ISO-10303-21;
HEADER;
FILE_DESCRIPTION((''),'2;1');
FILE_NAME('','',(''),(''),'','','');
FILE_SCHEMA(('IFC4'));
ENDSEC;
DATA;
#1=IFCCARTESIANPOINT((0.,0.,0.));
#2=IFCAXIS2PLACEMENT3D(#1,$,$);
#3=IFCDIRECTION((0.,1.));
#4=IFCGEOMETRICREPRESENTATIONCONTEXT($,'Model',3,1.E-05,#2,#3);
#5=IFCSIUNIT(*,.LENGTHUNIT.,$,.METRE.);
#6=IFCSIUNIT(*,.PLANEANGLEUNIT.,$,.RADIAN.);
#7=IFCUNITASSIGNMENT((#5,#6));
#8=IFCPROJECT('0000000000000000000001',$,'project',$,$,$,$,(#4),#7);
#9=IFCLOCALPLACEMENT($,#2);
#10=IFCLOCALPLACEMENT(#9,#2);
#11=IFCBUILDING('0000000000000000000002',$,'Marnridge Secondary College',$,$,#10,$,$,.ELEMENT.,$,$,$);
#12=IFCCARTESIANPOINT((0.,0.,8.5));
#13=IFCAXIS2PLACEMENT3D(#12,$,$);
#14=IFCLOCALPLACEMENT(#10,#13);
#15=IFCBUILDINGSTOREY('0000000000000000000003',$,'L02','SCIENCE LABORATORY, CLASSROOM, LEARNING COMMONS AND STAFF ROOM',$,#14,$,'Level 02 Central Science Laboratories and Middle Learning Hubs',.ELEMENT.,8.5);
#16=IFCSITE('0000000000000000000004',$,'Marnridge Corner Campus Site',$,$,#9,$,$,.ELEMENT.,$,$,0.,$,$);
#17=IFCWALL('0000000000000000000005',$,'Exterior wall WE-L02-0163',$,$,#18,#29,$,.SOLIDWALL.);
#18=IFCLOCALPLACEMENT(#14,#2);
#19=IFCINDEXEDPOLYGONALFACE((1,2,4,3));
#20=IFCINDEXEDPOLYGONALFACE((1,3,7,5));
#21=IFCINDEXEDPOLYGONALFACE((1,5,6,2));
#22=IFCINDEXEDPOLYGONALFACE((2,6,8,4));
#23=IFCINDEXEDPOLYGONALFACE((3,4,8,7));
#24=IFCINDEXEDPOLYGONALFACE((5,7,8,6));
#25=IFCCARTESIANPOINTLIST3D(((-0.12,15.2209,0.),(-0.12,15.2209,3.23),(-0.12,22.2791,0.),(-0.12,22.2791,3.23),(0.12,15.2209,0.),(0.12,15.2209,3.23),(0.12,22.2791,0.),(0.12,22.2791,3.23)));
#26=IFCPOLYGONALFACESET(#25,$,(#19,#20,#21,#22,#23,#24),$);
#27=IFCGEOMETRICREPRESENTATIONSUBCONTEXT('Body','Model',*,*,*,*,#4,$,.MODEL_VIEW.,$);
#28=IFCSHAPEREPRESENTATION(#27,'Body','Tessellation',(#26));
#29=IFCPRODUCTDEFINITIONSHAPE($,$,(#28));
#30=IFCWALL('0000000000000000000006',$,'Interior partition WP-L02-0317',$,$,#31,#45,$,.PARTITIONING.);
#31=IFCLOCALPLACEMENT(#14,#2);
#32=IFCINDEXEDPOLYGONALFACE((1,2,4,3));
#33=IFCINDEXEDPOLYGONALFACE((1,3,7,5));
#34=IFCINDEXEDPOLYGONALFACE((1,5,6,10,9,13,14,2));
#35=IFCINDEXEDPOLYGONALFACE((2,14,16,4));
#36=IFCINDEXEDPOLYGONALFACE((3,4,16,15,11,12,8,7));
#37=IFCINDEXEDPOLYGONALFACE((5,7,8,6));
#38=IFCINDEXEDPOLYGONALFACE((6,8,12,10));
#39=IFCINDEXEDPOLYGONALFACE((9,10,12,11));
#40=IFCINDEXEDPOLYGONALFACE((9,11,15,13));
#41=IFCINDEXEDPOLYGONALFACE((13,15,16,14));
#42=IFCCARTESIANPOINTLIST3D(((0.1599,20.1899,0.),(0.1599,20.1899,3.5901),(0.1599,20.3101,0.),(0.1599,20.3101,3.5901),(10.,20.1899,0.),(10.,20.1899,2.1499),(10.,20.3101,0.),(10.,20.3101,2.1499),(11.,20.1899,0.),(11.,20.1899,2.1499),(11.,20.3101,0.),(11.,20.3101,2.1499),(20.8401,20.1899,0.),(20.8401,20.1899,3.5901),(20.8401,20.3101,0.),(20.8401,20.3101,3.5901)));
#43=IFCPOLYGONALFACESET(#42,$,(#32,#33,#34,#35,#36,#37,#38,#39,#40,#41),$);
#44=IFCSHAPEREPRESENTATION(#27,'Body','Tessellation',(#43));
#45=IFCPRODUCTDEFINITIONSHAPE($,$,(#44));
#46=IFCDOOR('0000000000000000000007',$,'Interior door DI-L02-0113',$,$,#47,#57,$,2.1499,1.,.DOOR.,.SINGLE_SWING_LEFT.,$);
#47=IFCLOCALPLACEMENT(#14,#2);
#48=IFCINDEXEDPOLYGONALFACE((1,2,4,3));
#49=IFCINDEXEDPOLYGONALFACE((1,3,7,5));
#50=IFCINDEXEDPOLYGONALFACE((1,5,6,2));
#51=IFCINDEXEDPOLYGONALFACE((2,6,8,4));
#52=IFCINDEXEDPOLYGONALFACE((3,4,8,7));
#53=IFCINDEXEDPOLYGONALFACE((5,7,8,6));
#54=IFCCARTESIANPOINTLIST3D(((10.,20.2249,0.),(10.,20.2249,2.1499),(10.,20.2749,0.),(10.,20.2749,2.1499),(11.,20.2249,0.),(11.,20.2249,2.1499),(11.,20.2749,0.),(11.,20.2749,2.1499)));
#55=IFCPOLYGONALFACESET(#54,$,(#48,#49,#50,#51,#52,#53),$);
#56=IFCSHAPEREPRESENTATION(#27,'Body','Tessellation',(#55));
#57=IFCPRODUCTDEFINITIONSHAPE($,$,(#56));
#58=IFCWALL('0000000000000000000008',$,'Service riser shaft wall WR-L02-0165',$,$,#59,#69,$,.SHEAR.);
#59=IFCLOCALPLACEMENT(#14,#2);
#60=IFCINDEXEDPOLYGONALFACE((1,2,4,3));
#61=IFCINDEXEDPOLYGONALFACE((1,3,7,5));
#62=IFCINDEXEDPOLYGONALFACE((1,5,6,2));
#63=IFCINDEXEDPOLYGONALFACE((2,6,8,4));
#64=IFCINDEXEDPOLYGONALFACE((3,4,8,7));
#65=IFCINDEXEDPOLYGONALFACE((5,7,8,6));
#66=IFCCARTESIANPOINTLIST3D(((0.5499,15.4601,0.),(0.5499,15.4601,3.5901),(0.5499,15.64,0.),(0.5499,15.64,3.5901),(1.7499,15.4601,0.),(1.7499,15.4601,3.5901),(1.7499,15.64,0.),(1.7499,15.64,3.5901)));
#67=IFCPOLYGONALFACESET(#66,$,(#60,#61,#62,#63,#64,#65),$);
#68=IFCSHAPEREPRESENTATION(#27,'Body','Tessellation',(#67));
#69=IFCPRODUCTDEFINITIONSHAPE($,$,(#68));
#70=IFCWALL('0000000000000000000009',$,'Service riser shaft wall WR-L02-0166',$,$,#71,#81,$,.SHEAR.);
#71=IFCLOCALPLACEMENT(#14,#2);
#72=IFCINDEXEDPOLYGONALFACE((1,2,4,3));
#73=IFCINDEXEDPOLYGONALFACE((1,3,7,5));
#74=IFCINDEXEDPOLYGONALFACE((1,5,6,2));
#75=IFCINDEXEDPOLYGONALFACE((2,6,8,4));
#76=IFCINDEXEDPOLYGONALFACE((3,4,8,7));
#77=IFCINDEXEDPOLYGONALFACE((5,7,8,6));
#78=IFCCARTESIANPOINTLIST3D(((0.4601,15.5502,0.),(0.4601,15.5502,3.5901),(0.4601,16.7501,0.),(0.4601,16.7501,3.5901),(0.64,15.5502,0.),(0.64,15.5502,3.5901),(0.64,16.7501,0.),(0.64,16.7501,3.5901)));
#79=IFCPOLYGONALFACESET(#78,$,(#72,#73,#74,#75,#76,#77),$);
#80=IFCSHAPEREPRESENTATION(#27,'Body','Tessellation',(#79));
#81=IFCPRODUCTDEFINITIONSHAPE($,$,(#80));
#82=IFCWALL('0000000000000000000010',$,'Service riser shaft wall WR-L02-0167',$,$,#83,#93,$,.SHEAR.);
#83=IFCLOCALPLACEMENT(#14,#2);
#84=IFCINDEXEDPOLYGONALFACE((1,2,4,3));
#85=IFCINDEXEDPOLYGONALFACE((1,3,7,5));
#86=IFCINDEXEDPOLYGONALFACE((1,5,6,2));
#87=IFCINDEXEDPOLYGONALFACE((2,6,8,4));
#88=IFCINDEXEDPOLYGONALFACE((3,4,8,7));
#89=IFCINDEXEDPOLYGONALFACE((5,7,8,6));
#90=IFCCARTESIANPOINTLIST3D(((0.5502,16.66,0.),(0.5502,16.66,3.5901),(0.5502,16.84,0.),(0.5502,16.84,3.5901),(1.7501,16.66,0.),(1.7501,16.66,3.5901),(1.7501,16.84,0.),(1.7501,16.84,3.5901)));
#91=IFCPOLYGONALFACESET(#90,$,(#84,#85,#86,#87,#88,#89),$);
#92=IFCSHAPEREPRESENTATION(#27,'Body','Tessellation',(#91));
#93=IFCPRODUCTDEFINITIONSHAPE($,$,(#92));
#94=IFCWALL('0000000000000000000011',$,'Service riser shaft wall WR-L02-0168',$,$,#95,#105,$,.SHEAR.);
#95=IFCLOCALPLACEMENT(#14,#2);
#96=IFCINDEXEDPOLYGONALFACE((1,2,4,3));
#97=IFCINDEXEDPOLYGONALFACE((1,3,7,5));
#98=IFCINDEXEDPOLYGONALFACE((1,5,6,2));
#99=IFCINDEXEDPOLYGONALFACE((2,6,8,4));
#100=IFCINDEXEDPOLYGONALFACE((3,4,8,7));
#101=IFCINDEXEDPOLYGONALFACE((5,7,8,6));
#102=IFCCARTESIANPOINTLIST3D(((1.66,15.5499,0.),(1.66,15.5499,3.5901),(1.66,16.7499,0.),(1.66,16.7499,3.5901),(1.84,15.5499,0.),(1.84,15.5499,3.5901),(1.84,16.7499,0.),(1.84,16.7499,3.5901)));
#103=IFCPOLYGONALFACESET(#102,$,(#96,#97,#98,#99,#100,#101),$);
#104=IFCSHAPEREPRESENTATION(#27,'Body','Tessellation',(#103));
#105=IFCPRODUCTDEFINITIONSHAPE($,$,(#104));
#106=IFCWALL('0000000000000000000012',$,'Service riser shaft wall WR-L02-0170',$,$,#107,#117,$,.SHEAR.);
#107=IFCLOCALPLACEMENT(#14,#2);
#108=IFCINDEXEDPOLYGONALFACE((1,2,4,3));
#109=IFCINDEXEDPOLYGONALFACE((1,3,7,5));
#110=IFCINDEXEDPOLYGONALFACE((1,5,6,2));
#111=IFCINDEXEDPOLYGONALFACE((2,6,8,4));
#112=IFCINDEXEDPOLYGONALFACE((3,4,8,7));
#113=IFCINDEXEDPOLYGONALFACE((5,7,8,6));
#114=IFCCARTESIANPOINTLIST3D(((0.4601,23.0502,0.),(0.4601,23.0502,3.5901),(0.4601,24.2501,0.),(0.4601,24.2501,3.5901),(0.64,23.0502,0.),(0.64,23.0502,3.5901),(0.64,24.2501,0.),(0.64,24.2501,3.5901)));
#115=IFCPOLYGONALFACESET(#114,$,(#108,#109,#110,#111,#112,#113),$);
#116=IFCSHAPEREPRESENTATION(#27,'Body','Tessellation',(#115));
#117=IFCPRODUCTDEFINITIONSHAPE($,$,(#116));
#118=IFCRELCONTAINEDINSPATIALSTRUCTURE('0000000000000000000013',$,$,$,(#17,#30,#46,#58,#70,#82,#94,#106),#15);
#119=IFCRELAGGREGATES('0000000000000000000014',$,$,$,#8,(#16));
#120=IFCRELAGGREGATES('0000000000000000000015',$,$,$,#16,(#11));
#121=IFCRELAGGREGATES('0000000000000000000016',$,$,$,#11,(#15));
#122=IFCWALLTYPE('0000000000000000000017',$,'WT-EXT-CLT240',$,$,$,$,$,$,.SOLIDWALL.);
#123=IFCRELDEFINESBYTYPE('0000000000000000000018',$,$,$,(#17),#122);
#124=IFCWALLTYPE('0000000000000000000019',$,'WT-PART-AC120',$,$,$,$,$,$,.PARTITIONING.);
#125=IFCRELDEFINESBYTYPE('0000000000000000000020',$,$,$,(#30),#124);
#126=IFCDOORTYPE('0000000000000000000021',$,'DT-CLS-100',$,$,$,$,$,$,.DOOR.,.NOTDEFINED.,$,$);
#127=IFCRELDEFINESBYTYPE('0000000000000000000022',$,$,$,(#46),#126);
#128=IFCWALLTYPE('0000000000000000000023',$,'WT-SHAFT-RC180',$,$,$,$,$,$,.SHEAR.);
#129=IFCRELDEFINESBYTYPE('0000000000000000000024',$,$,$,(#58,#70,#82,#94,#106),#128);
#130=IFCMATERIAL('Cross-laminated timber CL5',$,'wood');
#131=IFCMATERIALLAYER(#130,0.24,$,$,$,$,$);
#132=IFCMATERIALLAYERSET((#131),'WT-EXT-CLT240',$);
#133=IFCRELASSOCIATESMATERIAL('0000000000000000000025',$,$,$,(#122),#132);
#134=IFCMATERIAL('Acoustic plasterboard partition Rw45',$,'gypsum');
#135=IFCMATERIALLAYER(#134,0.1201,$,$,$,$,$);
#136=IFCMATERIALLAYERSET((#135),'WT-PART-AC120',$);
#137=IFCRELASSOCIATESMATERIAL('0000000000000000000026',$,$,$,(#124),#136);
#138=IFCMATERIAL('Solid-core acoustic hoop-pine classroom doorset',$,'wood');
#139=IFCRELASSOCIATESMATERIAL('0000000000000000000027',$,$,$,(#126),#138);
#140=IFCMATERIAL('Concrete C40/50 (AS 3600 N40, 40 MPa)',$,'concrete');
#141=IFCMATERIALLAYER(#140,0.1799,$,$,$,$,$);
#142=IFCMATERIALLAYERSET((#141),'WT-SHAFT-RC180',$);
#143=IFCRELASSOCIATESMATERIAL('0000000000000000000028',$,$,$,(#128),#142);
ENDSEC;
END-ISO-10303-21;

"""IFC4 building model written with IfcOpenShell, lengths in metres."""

from ifc_helpers import new_model, si_unit, direction, frame, frame_2d, origin, place, context, subcontext, project, spatial, rectangle, extrude, material, layer, layer_set, type_object, element, fill, save


model = new_model("IFC4")

# Units and contexts
model_context = context("Model", 3, precision=1e-05, world=origin(), true_north=direction((0.0, 1.0)))
body_context = subcontext(model_context, "Body", "Model", "MODEL_VIEW")
ifc_project = project(units=[si_unit("LENGTHUNIT", "METRE"), si_unit("PLANEANGLEUNIT", "RADIAN")], contexts=[model_context])

# Site, building, storey
site_placement = place(None, origin())
site = spatial("IfcSite", under=ifc_project, at=site_placement, Name="Marnridge Corner Campus Site", CompositionType="ELEMENT", RefElevation=0.0)
building_placement = place(site_placement, origin())
building = spatial("IfcBuilding", under=site, at=building_placement, Name="Marnridge Secondary College", CompositionType="ELEMENT")
storey_placement = place(building_placement, frame((0.0, 0.0, 8.5)))
storey = spatial("IfcBuildingStorey", under=building, at=storey_placement, Name="L02", Description="SCIENCE LABORATORY, CLASSROOM, LEARNING COMMONS AND STAFF ROOM", LongName="Level 02 Central Science Laboratories and Middle Learning Hubs", CompositionType="ELEMENT", Elevation=8.5)

# Wall
ifc_material_1 = material(Name="Cross-laminated timber CL5", Category="wood")
ifc_layer_1 = layer(ifc_material_1, 0.24)
ifc_layer_set_1 = layer_set([ifc_layer_1], Name="WT-EXT-CLT240")
wall_type_1 = type_object("IfcWallType", Name="WT-EXT-CLT240", PredefinedType="SOLIDWALL", material=ifc_layer_set_1)
wall_1_placement = place(storey_placement, frame((0.0, 15.2209, 0.0), z_axis=(0.0, 0.0, 1.0), x_axis=(0.0, 1.0, 0.0)))
element("IfcWall", 1, at=wall_1_placement, inside=storey, type_object=wall_type_1, Name="Exterior wall WE-L02-0163", PredefinedType="SOLIDWALL", context=body_context, shape_type="SweptSolid", body=[
    extrude(rectangle(XDim=7.0581, YDim=0.24, at=frame_2d((3.5291, 0.0))), origin(), (0.0, 0.0, 1.0), 3.23),
])

# Wall, opening, door
ifc_material_2 = material(Name="Acoustic plasterboard partition Rw45", Category="gypsum")
ifc_layer_2 = layer(ifc_material_2, 0.1201)
ifc_layer_set_2 = layer_set([ifc_layer_2], Name="WT-PART-AC120")
wall_type_2 = type_object("IfcWallType", Name="WT-PART-AC120", PredefinedType="PARTITIONING", material=ifc_layer_set_2)
wall_2_placement = place(storey_placement, frame((0.1599, 20.25, 0.0), z_axis=(0.0, 0.0, 1.0), x_axis=(1.0, 0.0, 0.0)))
wall_2 = element("IfcWall", 2, at=wall_2_placement, inside=storey, type_object=wall_type_2, Name="Interior partition WP-L02-0317", PredefinedType="PARTITIONING", context=body_context, shape_type="SweptSolid", body=[
    extrude(rectangle(XDim=20.6802, YDim=0.1201, at=frame_2d((10.3401, 0.0))), origin(), (0.0, 0.0, 1.0), 3.5901),
])
opening_placement = place(wall_2_placement, frame((9.8401, 0.0, 0.0)))
opening = element("IfcOpeningElement", 3, at=opening_placement, cuts=wall_2, PredefinedType="OPENING", context=body_context, shape_type="SweptSolid", body=[
    extrude(rectangle(XDim=1.0, YDim=2.1499, at=frame_2d((0.5, 1.075))), frame((0.0, 0.0701, 0.0), z_axis=(0.0, -1.0, 0.0), x_axis=(1.0, 0.0, 0.0)), (0.0, 0.0, 1.0), 0.1401),
])
ifc_material_3 = material(Name="Solid-core acoustic hoop-pine classroom doorset", Category="wood")
door_type = type_object("IfcDoorType", Name="DT-CLS-100", OperationType="NOTDEFINED", PredefinedType="DOOR", material=ifc_material_3)
door_placement = place(opening_placement, origin())
door = element("IfcDoor", 4, at=door_placement, inside=storey, type_object=door_type, Name="Interior door DI-L02-0113", OperationType="SINGLE_SWING_LEFT", OverallHeight=2.1499, OverallWidth=1.0, PredefinedType="DOOR", context=body_context, shape_type="SweptSolid", body=[
    extrude(rectangle(XDim=1.0, YDim=2.1499, at=frame_2d((0.5, 1.075))), frame((0.0, 0.0249, 0.0), z_axis=(0.0, -1.0, 0.0), x_axis=(1.0, 0.0, 0.0)), (0.0, 0.0, 1.0), 0.05),
])
fill(opening, door)

# Walls
ifc_material_4 = material(Name="Concrete C40/50 (AS 3600 N40, 40 MPa)", Category="concrete")
ifc_layer_3 = layer(ifc_material_4, 0.1799)
ifc_layer_set_3 = layer_set([ifc_layer_3], Name="WT-SHAFT-RC180")
wall_type_3 = type_object("IfcWallType", Name="WT-SHAFT-RC180", PredefinedType="SHEAR", material=ifc_layer_set_3)
for number, where, z_axis, x_axis, name in (
    (5, (1.75, 15.55, 0.0), (0.0, 0.0, 1.0), (-1.0, 0.0, 0.0), "Service riser shaft wall WR-L02-0165"),
    (6, (0.55, 15.55, 0.0), (0.0, 0.0, 1.0), (0.0, 1.0, 0.0), "Service riser shaft wall WR-L02-0166"),
    (7, (0.55, 16.75, 0.0), (0.0, 0.0, 1.0), (1.0, 0.0, 0.0), "Service riser shaft wall WR-L02-0167"),
    (8, (1.75, 16.75, 0.0), (0.0, 0.0, 1.0), (0.0, -1.0, 0.0), "Service riser shaft wall WR-L02-0168"),
    (9, (0.55, 23.05, 0.0), (0.0, 0.0, 1.0), (0.0, 1.0, 0.0), "Service riser shaft wall WR-L02-0170"),
):
    element("IfcWall", number, at=place(storey_placement, frame(where, z_axis=z_axis, x_axis=x_axis)), inside=storey, type_object=wall_type_3, Name=name, PredefinedType="SHEAR", context=body_context, shape_type="SweptSolid", body=[
        extrude(rectangle(XDim=1.2, YDim=0.1799, at=frame_2d((0.6001, 0.0))), origin(), (0.0, 0.0, 1.0), 3.5901),
    ])

save(model, "model.ifc")
